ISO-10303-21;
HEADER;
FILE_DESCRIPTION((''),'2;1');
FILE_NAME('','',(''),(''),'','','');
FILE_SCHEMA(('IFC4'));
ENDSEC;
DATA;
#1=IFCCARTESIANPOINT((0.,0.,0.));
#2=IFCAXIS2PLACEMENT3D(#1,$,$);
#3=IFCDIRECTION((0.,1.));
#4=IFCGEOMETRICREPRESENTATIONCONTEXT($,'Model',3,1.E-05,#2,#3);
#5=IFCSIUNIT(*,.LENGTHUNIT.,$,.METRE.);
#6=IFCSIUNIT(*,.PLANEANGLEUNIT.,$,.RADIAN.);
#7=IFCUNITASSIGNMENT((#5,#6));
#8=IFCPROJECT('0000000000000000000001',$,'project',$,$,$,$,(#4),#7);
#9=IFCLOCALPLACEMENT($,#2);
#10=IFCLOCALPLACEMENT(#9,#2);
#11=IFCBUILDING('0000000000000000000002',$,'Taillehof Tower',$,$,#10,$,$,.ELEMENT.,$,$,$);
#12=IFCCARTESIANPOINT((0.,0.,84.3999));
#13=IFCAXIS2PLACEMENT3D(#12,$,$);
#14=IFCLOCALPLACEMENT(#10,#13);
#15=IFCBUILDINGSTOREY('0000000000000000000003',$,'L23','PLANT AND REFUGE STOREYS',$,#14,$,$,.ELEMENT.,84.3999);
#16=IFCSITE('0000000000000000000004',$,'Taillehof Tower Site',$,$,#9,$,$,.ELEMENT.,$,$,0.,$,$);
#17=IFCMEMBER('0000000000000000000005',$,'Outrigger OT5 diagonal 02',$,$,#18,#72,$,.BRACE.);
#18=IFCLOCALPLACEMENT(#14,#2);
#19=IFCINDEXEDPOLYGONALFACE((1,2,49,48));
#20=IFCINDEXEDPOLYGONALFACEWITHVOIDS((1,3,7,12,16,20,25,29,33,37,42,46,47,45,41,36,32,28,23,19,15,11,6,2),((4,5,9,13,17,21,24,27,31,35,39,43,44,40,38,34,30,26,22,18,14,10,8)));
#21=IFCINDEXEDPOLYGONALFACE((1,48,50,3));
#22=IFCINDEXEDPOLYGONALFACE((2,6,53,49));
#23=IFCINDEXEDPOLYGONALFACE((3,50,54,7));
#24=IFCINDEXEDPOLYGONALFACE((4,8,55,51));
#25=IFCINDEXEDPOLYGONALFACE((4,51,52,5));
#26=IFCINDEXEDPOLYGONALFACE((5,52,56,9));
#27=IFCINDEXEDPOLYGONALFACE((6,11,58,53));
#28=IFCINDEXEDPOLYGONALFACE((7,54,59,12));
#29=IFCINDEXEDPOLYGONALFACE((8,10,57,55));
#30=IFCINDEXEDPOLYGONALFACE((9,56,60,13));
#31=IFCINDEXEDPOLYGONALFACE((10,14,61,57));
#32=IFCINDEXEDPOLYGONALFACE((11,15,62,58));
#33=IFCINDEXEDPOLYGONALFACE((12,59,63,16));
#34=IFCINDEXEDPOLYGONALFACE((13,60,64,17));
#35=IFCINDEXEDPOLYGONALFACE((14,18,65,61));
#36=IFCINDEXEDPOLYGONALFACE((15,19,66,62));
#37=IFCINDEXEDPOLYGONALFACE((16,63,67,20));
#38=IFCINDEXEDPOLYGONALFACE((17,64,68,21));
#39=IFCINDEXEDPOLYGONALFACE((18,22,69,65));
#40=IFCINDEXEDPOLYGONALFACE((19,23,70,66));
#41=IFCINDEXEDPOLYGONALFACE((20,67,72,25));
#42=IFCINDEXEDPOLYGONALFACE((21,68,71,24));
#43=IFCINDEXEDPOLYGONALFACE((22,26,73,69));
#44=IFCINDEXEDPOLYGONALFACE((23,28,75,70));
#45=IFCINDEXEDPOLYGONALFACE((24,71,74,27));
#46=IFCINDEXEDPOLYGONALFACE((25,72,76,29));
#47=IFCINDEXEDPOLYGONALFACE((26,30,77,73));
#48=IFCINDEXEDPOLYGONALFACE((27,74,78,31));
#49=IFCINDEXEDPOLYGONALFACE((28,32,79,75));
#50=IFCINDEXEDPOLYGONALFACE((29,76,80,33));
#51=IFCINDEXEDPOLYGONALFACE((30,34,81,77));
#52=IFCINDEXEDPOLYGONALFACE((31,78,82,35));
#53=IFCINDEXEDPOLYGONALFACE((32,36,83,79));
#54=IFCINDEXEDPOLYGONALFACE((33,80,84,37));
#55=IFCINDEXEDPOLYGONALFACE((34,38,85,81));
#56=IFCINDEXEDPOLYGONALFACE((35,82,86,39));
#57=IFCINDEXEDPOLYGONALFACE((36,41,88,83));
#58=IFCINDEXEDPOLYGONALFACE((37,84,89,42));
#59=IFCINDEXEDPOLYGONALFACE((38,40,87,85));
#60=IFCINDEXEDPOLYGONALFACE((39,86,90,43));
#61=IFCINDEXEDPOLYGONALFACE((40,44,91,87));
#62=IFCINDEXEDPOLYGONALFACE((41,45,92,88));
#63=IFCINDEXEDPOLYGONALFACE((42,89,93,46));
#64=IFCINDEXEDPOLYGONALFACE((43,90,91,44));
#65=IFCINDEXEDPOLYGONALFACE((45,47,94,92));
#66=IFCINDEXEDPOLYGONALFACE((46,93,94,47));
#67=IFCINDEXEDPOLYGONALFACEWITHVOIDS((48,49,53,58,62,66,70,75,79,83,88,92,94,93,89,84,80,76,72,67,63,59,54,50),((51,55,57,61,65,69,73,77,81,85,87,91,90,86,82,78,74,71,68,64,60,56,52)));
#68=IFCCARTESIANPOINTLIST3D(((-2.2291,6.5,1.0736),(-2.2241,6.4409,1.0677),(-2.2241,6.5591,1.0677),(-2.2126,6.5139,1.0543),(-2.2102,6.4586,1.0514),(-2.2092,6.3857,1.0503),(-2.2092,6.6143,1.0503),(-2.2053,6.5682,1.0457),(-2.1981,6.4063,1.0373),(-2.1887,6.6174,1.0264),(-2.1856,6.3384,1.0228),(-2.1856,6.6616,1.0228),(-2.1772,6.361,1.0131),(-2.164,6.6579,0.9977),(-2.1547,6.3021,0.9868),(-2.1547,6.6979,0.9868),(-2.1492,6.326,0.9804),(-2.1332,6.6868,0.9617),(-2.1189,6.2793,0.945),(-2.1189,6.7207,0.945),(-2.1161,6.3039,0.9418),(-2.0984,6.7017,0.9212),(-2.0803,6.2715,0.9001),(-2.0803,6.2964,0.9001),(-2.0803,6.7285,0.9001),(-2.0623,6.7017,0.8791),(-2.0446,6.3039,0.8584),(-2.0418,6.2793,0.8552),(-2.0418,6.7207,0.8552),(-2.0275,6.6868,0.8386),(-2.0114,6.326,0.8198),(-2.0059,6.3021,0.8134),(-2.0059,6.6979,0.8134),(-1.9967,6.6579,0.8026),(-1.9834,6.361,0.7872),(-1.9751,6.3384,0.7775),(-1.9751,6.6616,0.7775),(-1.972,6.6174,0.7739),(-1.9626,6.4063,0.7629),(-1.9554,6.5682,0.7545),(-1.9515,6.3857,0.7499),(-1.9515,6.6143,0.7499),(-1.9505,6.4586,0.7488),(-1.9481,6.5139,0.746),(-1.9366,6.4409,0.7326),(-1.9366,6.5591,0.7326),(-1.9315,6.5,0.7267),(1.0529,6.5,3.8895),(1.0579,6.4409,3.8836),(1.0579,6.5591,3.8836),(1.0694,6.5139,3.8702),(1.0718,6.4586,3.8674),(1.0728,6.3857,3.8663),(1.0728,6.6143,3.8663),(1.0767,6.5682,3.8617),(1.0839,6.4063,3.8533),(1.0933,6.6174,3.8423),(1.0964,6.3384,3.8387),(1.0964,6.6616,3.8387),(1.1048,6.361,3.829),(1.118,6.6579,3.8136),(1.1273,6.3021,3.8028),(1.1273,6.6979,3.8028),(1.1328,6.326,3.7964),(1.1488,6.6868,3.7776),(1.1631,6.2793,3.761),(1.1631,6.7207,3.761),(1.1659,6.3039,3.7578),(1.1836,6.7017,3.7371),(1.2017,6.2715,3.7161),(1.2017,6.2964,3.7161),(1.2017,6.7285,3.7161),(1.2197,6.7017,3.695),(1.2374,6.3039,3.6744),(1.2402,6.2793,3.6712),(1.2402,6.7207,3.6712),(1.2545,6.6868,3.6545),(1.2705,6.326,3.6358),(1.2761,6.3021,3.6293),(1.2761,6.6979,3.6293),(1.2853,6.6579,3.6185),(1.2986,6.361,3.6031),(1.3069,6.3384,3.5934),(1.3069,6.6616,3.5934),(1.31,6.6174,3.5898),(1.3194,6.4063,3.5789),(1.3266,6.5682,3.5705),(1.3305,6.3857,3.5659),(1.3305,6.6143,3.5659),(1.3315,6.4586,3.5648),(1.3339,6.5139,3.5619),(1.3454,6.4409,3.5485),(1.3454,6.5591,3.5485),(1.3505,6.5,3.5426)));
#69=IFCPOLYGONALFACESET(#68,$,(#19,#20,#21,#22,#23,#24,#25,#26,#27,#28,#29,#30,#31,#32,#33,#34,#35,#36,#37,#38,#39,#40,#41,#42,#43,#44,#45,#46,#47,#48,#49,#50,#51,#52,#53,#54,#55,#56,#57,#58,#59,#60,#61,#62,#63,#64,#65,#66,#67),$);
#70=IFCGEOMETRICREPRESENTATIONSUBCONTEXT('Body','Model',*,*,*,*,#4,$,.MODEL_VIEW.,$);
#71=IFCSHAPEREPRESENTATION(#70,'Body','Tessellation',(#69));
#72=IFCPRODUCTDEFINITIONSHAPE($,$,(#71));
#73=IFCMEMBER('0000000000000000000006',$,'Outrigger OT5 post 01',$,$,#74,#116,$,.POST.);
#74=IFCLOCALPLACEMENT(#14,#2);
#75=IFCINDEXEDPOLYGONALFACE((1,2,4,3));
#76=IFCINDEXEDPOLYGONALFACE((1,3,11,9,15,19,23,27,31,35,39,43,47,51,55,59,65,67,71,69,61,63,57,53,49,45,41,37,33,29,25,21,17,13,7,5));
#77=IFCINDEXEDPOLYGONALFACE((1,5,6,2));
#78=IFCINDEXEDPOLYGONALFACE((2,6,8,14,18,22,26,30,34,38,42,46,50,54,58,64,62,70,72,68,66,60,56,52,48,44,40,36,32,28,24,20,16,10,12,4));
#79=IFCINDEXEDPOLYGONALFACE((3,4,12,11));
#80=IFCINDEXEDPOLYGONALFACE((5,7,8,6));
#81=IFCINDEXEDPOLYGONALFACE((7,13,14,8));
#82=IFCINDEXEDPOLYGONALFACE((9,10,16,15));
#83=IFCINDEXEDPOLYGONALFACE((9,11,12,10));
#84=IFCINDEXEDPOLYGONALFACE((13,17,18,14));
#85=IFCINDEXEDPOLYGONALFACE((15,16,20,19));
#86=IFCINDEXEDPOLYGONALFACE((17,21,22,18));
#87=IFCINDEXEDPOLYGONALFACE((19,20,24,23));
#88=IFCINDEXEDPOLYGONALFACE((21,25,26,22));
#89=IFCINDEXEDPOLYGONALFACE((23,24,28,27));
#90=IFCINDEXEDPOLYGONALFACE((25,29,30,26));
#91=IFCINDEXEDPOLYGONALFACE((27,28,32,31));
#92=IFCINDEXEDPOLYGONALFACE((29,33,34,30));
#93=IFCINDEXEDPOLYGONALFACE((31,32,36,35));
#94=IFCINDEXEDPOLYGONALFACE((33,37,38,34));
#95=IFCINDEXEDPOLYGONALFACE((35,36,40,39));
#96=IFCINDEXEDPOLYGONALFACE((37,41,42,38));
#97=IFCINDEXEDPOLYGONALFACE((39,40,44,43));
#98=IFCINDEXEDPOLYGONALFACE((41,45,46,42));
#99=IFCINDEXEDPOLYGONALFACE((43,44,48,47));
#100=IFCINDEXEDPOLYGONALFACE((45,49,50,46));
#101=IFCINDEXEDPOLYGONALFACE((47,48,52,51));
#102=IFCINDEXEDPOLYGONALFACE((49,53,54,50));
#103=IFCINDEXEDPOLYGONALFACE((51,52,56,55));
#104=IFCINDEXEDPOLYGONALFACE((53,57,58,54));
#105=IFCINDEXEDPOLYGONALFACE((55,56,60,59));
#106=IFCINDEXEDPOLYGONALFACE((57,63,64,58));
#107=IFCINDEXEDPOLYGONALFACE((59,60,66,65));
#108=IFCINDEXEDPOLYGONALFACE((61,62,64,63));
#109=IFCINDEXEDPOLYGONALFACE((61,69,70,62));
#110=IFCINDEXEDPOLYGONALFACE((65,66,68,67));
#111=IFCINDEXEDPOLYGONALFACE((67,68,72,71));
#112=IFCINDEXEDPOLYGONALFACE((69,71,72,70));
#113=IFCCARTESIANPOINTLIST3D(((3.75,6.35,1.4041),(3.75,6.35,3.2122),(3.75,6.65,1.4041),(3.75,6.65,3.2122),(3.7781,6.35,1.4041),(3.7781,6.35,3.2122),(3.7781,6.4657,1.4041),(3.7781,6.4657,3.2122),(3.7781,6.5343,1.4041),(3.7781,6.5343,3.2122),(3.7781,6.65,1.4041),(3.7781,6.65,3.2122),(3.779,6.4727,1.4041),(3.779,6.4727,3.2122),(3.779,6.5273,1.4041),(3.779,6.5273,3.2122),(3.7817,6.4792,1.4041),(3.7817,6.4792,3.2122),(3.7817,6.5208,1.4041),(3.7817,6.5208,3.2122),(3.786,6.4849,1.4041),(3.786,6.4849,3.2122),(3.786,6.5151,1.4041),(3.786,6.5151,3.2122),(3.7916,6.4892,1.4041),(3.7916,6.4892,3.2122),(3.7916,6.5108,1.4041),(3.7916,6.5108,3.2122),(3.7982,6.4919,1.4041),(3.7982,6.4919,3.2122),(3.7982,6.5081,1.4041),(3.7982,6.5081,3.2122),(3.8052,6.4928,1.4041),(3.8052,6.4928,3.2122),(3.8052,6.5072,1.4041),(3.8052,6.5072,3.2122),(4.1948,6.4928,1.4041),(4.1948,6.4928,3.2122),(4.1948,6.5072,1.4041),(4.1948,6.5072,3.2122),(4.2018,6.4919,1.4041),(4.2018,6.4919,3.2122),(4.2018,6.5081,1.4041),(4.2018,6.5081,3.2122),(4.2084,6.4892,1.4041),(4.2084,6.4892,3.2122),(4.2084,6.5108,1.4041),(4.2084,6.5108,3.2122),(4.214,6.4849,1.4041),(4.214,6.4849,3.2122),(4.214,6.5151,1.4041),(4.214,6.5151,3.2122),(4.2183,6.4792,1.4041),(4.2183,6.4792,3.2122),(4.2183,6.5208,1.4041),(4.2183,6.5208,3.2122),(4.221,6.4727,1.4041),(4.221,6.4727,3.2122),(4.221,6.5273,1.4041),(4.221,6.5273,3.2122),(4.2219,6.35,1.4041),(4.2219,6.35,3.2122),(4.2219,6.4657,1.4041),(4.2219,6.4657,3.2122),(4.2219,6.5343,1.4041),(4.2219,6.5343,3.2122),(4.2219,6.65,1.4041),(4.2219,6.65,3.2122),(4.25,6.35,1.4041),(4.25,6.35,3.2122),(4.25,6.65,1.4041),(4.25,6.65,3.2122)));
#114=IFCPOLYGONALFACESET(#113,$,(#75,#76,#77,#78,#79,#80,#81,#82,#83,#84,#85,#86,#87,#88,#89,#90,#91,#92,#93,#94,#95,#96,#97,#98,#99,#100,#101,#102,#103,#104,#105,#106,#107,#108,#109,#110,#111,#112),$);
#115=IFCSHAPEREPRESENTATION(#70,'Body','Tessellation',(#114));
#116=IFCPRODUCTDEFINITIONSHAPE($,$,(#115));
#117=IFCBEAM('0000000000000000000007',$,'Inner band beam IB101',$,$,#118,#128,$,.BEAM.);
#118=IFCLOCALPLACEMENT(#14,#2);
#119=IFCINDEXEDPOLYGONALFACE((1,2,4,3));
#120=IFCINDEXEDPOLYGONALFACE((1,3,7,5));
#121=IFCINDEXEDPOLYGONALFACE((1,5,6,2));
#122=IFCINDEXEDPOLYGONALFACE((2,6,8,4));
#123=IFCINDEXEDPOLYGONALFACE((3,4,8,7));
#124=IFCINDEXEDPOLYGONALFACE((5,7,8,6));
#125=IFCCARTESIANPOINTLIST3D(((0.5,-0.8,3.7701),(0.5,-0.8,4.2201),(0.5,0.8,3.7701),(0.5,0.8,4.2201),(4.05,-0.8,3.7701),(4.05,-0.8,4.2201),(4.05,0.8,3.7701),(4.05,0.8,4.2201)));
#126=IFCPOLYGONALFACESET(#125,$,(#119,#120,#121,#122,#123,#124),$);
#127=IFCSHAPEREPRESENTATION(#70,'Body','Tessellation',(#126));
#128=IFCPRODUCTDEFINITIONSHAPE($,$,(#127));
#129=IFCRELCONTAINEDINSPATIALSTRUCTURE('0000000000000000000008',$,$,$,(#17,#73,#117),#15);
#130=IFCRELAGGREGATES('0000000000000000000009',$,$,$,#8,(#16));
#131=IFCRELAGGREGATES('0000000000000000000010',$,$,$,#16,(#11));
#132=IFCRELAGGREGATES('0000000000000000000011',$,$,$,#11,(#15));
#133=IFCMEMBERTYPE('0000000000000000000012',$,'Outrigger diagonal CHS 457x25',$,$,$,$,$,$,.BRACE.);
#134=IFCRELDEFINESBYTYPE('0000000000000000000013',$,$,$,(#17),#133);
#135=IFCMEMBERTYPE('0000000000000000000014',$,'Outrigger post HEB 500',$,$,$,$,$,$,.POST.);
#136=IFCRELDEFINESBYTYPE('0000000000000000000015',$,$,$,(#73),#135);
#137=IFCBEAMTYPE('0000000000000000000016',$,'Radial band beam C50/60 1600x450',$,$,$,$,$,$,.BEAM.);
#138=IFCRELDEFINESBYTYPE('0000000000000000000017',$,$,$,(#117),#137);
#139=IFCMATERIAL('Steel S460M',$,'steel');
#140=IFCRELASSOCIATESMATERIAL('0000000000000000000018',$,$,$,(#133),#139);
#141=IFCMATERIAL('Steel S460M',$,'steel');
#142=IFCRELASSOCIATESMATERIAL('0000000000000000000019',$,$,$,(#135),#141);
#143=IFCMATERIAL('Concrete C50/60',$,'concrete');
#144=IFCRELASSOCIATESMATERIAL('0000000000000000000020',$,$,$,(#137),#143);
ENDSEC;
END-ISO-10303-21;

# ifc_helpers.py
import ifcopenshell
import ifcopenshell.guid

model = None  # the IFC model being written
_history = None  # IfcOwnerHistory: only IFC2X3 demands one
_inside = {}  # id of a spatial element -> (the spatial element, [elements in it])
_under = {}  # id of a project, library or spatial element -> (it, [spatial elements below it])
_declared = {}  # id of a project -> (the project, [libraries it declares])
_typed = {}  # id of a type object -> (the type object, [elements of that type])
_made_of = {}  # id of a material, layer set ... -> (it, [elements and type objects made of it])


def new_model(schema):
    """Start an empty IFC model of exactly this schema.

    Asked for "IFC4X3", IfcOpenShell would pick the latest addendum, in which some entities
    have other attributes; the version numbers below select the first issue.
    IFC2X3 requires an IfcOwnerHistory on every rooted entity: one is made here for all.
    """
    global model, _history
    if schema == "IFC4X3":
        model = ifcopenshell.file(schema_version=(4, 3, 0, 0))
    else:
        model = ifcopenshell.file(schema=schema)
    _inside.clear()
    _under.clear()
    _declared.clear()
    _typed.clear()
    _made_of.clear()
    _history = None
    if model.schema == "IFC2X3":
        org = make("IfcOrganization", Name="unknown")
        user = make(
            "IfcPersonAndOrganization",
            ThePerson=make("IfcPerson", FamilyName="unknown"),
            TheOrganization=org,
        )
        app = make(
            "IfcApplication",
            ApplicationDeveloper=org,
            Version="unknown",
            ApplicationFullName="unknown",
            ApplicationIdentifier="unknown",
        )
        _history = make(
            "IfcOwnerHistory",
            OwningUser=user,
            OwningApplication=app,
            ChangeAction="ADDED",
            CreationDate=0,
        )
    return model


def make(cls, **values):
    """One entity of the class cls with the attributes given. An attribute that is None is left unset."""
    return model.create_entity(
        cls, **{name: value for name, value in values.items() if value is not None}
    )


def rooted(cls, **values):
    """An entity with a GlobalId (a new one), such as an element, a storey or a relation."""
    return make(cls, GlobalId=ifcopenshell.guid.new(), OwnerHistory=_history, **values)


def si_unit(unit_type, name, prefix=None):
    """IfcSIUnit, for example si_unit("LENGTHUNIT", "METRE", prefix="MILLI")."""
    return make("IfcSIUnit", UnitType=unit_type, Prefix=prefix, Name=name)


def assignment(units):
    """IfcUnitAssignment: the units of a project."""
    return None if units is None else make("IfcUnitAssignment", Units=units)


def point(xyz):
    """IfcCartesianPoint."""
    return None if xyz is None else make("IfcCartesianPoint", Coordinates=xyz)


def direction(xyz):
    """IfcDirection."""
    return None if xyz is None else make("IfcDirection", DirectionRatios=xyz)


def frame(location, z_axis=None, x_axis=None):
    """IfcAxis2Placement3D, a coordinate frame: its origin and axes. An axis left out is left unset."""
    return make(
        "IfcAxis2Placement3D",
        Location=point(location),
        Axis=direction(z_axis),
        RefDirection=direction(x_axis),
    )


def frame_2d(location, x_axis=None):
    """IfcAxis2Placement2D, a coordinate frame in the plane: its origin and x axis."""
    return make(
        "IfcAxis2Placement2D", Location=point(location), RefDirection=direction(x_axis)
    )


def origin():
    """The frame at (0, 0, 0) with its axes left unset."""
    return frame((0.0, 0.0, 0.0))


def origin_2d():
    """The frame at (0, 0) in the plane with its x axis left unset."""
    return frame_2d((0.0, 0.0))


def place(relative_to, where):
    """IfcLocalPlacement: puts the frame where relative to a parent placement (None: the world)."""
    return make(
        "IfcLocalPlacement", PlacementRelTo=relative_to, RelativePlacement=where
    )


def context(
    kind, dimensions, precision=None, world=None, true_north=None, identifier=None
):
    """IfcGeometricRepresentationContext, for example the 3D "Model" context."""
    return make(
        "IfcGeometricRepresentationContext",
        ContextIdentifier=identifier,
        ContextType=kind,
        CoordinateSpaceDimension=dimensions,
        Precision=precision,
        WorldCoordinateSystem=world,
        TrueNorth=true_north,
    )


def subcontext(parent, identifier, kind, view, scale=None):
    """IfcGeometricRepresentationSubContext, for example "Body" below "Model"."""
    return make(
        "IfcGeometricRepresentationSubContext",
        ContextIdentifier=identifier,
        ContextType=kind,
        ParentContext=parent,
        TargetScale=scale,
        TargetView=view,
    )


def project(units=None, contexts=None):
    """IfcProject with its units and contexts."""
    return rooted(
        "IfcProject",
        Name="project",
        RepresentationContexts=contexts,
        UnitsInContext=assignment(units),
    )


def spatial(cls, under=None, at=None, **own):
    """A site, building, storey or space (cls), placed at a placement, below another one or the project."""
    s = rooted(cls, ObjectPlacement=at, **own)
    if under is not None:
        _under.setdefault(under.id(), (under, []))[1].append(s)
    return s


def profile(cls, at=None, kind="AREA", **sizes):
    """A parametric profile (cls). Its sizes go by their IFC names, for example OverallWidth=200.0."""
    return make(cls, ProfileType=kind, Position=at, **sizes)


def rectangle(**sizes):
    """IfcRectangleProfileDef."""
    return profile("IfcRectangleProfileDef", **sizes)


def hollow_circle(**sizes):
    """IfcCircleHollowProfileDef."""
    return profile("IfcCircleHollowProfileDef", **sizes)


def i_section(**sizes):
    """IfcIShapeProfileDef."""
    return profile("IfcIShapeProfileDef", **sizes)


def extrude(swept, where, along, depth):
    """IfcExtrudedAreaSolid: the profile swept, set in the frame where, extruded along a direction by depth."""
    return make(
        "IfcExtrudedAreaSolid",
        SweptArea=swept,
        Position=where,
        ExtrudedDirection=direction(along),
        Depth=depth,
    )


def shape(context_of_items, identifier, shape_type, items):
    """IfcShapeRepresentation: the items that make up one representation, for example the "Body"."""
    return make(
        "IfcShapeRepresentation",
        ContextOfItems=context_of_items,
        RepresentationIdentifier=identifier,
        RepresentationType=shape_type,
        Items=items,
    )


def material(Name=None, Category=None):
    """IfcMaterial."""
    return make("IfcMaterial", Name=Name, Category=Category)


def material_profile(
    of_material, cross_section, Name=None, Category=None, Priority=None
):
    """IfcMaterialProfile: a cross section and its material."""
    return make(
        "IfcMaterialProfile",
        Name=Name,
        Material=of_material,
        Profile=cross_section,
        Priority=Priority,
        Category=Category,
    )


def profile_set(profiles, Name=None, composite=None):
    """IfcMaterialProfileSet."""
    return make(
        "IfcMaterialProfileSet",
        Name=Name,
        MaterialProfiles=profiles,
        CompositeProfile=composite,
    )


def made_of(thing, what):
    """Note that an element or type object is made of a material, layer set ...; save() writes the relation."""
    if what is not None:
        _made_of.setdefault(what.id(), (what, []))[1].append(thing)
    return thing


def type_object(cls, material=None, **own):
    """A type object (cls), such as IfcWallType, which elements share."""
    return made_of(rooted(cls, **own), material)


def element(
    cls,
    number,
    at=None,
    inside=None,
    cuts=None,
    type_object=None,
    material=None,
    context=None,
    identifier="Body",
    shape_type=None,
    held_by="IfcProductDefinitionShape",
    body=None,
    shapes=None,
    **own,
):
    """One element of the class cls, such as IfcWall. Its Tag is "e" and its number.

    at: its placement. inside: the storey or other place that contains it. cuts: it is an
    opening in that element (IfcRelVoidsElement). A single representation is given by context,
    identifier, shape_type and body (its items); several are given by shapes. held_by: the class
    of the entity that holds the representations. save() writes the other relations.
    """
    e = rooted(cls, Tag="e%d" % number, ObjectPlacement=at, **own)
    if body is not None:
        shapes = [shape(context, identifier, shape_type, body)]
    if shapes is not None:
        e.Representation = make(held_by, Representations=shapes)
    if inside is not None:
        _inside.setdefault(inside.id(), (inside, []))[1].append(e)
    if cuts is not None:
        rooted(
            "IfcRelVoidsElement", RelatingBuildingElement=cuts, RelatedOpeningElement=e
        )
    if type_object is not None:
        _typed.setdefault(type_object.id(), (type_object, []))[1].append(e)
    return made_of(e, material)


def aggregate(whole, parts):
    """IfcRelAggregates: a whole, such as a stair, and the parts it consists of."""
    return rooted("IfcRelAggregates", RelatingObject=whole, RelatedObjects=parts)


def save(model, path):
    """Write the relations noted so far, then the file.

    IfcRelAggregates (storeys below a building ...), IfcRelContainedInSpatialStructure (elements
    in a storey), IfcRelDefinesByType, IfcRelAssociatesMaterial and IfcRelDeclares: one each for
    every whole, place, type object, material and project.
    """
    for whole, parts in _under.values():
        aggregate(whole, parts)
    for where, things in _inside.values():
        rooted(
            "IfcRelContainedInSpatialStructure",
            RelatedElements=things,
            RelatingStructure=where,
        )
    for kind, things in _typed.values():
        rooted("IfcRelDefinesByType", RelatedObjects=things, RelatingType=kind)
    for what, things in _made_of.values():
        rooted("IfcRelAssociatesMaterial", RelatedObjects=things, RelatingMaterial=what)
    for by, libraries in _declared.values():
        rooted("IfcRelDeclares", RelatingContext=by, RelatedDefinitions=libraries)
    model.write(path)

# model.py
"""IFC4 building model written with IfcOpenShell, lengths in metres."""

from ifc_helpers import new_model, si_unit, direction, frame, origin, origin_2d, place, context, subcontext, project, spatial, rectangle, hollow_circle, i_section, extrude, material, material_profile, profile_set, type_object, element, save


model = new_model("IFC4")

# Units and contexts
model_context = context("Model", 3, precision=1e-05, world=origin(), true_north=direction((0.0, 1.0)))
body_context = subcontext(model_context, "Body", "Model", "MODEL_VIEW")
ifc_project = project(units=[si_unit("LENGTHUNIT", "METRE"), si_unit("PLANEANGLEUNIT", "RADIAN")], contexts=[model_context])

# Site, building, storey
site_placement = place(None, origin())
site = spatial("IfcSite", under=ifc_project, at=site_placement, Name="Taillehof Tower Site", CompositionType="ELEMENT", RefElevation=0.0)
building_placement = place(site_placement, origin())
building = spatial("IfcBuilding", under=site, at=building_placement, Name="Taillehof Tower", CompositionType="ELEMENT")
storey_placement = place(building_placement, frame((0.0, 0.0, 84.3999)))
storey = spatial("IfcBuildingStorey", under=building, at=storey_placement, Name="L23", Description="PLANT AND REFUGE STOREYS", CompositionType="ELEMENT", Elevation=84.3999)

# Members
ifc_material_1 = material(Name="Steel S460M", Category="steel")
ifc_material_profile_1 = material_profile(ifc_material_1, hollow_circle(Radius=0.2285, WallThickness=0.0249, at=origin_2d()), Name="CHS 457x25")
ifc_profile_set_1 = profile_set([ifc_material_profile_1], Name="Steel S460M")
member_type_1 = type_object("IfcMemberType", Name="Outrigger diagonal CHS 457x25", PredefinedType="BRACE", material=ifc_profile_set_1)
member_1_placement = place(storey_placement, frame((1.2017, 6.5, 3.7161), z_axis=(-0.758938, 0.0, -0.651163), x_axis=(0.0, -1.0, 0.0)))
element("IfcMember", 1, at=member_1_placement, inside=storey, type_object=member_type_1, Name="Outrigger OT5 diagonal 02", PredefinedType="BRACE", context=body_context, shape_type="SweptSolid", body=[
    extrude(hollow_circle(Radius=0.2285, WallThickness=0.0249, at=origin_2d()), origin(), (0.0, 0.0, 1.0), 4.3245),
])
ifc_material_2 = material(Name="Steel S460M", Category="steel")
ifc_material_profile_2 = material_profile(ifc_material_2, i_section(OverallWidth=0.3, OverallDepth=0.5, WebThickness=0.0144, FlangeThickness=0.0281, FilletRadius=0.0271, at=origin_2d()), Name="HEB 500")
ifc_profile_set_2 = profile_set([ifc_material_profile_2], Name="Steel S460M")
member_type_2 = type_object("IfcMemberType", Name="Outrigger post HEB 500", PredefinedType="POST", material=ifc_profile_set_2)
member_2_placement = place(storey_placement, frame((4.0, 6.5, 1.4041), z_axis=(0.0, 0.0, 1.0), x_axis=(0.0, 1.0, 0.0)))
element("IfcMember", 2, at=member_2_placement, inside=storey, type_object=member_type_2, Name="Outrigger OT5 post 01", PredefinedType="POST", context=body_context, shape_type="SweptSolid", body=[
    extrude(i_section(OverallWidth=0.3, OverallDepth=0.5, WebThickness=0.0144, FlangeThickness=0.0281, FilletRadius=0.0271, at=origin_2d()), origin(), (0.0, 0.0, 1.0), 1.8081),
])

# Beam
ifc_material_3 = material(Name="Concrete C50/60", Category="concrete")
ifc_material_profile_3 = material_profile(ifc_material_3, rectangle(XDim=1.6001, YDim=0.45, at=origin_2d()), Name="RC 1600x450")
ifc_profile_set_3 = profile_set([ifc_material_profile_3], Name="Concrete C50/60")
beam_type_1 = type_object("IfcBeamType", Name="Radial band beam C50/60 1600x450", PredefinedType="BEAM", material=ifc_profile_set_3)
beam_1_placement = place(storey_placement, frame((0.5, 0.0, 3.9951), z_axis=(1.0, 0.0, 0.0), x_axis=(0.0, 1.0, 0.0)))
element("IfcBeam", 3, at=beam_1_placement, inside=storey, type_object=beam_type_1, Name="Inner band beam IB101", PredefinedType="BEAM", context=body_context, shape_type="SweptSolid", body=[
    extrude(rectangle(XDim=1.6001, YDim=0.45, at=origin_2d()), origin(), (0.0, 0.0, 1.0), 3.55),
])

save(model, "model.ifc")
